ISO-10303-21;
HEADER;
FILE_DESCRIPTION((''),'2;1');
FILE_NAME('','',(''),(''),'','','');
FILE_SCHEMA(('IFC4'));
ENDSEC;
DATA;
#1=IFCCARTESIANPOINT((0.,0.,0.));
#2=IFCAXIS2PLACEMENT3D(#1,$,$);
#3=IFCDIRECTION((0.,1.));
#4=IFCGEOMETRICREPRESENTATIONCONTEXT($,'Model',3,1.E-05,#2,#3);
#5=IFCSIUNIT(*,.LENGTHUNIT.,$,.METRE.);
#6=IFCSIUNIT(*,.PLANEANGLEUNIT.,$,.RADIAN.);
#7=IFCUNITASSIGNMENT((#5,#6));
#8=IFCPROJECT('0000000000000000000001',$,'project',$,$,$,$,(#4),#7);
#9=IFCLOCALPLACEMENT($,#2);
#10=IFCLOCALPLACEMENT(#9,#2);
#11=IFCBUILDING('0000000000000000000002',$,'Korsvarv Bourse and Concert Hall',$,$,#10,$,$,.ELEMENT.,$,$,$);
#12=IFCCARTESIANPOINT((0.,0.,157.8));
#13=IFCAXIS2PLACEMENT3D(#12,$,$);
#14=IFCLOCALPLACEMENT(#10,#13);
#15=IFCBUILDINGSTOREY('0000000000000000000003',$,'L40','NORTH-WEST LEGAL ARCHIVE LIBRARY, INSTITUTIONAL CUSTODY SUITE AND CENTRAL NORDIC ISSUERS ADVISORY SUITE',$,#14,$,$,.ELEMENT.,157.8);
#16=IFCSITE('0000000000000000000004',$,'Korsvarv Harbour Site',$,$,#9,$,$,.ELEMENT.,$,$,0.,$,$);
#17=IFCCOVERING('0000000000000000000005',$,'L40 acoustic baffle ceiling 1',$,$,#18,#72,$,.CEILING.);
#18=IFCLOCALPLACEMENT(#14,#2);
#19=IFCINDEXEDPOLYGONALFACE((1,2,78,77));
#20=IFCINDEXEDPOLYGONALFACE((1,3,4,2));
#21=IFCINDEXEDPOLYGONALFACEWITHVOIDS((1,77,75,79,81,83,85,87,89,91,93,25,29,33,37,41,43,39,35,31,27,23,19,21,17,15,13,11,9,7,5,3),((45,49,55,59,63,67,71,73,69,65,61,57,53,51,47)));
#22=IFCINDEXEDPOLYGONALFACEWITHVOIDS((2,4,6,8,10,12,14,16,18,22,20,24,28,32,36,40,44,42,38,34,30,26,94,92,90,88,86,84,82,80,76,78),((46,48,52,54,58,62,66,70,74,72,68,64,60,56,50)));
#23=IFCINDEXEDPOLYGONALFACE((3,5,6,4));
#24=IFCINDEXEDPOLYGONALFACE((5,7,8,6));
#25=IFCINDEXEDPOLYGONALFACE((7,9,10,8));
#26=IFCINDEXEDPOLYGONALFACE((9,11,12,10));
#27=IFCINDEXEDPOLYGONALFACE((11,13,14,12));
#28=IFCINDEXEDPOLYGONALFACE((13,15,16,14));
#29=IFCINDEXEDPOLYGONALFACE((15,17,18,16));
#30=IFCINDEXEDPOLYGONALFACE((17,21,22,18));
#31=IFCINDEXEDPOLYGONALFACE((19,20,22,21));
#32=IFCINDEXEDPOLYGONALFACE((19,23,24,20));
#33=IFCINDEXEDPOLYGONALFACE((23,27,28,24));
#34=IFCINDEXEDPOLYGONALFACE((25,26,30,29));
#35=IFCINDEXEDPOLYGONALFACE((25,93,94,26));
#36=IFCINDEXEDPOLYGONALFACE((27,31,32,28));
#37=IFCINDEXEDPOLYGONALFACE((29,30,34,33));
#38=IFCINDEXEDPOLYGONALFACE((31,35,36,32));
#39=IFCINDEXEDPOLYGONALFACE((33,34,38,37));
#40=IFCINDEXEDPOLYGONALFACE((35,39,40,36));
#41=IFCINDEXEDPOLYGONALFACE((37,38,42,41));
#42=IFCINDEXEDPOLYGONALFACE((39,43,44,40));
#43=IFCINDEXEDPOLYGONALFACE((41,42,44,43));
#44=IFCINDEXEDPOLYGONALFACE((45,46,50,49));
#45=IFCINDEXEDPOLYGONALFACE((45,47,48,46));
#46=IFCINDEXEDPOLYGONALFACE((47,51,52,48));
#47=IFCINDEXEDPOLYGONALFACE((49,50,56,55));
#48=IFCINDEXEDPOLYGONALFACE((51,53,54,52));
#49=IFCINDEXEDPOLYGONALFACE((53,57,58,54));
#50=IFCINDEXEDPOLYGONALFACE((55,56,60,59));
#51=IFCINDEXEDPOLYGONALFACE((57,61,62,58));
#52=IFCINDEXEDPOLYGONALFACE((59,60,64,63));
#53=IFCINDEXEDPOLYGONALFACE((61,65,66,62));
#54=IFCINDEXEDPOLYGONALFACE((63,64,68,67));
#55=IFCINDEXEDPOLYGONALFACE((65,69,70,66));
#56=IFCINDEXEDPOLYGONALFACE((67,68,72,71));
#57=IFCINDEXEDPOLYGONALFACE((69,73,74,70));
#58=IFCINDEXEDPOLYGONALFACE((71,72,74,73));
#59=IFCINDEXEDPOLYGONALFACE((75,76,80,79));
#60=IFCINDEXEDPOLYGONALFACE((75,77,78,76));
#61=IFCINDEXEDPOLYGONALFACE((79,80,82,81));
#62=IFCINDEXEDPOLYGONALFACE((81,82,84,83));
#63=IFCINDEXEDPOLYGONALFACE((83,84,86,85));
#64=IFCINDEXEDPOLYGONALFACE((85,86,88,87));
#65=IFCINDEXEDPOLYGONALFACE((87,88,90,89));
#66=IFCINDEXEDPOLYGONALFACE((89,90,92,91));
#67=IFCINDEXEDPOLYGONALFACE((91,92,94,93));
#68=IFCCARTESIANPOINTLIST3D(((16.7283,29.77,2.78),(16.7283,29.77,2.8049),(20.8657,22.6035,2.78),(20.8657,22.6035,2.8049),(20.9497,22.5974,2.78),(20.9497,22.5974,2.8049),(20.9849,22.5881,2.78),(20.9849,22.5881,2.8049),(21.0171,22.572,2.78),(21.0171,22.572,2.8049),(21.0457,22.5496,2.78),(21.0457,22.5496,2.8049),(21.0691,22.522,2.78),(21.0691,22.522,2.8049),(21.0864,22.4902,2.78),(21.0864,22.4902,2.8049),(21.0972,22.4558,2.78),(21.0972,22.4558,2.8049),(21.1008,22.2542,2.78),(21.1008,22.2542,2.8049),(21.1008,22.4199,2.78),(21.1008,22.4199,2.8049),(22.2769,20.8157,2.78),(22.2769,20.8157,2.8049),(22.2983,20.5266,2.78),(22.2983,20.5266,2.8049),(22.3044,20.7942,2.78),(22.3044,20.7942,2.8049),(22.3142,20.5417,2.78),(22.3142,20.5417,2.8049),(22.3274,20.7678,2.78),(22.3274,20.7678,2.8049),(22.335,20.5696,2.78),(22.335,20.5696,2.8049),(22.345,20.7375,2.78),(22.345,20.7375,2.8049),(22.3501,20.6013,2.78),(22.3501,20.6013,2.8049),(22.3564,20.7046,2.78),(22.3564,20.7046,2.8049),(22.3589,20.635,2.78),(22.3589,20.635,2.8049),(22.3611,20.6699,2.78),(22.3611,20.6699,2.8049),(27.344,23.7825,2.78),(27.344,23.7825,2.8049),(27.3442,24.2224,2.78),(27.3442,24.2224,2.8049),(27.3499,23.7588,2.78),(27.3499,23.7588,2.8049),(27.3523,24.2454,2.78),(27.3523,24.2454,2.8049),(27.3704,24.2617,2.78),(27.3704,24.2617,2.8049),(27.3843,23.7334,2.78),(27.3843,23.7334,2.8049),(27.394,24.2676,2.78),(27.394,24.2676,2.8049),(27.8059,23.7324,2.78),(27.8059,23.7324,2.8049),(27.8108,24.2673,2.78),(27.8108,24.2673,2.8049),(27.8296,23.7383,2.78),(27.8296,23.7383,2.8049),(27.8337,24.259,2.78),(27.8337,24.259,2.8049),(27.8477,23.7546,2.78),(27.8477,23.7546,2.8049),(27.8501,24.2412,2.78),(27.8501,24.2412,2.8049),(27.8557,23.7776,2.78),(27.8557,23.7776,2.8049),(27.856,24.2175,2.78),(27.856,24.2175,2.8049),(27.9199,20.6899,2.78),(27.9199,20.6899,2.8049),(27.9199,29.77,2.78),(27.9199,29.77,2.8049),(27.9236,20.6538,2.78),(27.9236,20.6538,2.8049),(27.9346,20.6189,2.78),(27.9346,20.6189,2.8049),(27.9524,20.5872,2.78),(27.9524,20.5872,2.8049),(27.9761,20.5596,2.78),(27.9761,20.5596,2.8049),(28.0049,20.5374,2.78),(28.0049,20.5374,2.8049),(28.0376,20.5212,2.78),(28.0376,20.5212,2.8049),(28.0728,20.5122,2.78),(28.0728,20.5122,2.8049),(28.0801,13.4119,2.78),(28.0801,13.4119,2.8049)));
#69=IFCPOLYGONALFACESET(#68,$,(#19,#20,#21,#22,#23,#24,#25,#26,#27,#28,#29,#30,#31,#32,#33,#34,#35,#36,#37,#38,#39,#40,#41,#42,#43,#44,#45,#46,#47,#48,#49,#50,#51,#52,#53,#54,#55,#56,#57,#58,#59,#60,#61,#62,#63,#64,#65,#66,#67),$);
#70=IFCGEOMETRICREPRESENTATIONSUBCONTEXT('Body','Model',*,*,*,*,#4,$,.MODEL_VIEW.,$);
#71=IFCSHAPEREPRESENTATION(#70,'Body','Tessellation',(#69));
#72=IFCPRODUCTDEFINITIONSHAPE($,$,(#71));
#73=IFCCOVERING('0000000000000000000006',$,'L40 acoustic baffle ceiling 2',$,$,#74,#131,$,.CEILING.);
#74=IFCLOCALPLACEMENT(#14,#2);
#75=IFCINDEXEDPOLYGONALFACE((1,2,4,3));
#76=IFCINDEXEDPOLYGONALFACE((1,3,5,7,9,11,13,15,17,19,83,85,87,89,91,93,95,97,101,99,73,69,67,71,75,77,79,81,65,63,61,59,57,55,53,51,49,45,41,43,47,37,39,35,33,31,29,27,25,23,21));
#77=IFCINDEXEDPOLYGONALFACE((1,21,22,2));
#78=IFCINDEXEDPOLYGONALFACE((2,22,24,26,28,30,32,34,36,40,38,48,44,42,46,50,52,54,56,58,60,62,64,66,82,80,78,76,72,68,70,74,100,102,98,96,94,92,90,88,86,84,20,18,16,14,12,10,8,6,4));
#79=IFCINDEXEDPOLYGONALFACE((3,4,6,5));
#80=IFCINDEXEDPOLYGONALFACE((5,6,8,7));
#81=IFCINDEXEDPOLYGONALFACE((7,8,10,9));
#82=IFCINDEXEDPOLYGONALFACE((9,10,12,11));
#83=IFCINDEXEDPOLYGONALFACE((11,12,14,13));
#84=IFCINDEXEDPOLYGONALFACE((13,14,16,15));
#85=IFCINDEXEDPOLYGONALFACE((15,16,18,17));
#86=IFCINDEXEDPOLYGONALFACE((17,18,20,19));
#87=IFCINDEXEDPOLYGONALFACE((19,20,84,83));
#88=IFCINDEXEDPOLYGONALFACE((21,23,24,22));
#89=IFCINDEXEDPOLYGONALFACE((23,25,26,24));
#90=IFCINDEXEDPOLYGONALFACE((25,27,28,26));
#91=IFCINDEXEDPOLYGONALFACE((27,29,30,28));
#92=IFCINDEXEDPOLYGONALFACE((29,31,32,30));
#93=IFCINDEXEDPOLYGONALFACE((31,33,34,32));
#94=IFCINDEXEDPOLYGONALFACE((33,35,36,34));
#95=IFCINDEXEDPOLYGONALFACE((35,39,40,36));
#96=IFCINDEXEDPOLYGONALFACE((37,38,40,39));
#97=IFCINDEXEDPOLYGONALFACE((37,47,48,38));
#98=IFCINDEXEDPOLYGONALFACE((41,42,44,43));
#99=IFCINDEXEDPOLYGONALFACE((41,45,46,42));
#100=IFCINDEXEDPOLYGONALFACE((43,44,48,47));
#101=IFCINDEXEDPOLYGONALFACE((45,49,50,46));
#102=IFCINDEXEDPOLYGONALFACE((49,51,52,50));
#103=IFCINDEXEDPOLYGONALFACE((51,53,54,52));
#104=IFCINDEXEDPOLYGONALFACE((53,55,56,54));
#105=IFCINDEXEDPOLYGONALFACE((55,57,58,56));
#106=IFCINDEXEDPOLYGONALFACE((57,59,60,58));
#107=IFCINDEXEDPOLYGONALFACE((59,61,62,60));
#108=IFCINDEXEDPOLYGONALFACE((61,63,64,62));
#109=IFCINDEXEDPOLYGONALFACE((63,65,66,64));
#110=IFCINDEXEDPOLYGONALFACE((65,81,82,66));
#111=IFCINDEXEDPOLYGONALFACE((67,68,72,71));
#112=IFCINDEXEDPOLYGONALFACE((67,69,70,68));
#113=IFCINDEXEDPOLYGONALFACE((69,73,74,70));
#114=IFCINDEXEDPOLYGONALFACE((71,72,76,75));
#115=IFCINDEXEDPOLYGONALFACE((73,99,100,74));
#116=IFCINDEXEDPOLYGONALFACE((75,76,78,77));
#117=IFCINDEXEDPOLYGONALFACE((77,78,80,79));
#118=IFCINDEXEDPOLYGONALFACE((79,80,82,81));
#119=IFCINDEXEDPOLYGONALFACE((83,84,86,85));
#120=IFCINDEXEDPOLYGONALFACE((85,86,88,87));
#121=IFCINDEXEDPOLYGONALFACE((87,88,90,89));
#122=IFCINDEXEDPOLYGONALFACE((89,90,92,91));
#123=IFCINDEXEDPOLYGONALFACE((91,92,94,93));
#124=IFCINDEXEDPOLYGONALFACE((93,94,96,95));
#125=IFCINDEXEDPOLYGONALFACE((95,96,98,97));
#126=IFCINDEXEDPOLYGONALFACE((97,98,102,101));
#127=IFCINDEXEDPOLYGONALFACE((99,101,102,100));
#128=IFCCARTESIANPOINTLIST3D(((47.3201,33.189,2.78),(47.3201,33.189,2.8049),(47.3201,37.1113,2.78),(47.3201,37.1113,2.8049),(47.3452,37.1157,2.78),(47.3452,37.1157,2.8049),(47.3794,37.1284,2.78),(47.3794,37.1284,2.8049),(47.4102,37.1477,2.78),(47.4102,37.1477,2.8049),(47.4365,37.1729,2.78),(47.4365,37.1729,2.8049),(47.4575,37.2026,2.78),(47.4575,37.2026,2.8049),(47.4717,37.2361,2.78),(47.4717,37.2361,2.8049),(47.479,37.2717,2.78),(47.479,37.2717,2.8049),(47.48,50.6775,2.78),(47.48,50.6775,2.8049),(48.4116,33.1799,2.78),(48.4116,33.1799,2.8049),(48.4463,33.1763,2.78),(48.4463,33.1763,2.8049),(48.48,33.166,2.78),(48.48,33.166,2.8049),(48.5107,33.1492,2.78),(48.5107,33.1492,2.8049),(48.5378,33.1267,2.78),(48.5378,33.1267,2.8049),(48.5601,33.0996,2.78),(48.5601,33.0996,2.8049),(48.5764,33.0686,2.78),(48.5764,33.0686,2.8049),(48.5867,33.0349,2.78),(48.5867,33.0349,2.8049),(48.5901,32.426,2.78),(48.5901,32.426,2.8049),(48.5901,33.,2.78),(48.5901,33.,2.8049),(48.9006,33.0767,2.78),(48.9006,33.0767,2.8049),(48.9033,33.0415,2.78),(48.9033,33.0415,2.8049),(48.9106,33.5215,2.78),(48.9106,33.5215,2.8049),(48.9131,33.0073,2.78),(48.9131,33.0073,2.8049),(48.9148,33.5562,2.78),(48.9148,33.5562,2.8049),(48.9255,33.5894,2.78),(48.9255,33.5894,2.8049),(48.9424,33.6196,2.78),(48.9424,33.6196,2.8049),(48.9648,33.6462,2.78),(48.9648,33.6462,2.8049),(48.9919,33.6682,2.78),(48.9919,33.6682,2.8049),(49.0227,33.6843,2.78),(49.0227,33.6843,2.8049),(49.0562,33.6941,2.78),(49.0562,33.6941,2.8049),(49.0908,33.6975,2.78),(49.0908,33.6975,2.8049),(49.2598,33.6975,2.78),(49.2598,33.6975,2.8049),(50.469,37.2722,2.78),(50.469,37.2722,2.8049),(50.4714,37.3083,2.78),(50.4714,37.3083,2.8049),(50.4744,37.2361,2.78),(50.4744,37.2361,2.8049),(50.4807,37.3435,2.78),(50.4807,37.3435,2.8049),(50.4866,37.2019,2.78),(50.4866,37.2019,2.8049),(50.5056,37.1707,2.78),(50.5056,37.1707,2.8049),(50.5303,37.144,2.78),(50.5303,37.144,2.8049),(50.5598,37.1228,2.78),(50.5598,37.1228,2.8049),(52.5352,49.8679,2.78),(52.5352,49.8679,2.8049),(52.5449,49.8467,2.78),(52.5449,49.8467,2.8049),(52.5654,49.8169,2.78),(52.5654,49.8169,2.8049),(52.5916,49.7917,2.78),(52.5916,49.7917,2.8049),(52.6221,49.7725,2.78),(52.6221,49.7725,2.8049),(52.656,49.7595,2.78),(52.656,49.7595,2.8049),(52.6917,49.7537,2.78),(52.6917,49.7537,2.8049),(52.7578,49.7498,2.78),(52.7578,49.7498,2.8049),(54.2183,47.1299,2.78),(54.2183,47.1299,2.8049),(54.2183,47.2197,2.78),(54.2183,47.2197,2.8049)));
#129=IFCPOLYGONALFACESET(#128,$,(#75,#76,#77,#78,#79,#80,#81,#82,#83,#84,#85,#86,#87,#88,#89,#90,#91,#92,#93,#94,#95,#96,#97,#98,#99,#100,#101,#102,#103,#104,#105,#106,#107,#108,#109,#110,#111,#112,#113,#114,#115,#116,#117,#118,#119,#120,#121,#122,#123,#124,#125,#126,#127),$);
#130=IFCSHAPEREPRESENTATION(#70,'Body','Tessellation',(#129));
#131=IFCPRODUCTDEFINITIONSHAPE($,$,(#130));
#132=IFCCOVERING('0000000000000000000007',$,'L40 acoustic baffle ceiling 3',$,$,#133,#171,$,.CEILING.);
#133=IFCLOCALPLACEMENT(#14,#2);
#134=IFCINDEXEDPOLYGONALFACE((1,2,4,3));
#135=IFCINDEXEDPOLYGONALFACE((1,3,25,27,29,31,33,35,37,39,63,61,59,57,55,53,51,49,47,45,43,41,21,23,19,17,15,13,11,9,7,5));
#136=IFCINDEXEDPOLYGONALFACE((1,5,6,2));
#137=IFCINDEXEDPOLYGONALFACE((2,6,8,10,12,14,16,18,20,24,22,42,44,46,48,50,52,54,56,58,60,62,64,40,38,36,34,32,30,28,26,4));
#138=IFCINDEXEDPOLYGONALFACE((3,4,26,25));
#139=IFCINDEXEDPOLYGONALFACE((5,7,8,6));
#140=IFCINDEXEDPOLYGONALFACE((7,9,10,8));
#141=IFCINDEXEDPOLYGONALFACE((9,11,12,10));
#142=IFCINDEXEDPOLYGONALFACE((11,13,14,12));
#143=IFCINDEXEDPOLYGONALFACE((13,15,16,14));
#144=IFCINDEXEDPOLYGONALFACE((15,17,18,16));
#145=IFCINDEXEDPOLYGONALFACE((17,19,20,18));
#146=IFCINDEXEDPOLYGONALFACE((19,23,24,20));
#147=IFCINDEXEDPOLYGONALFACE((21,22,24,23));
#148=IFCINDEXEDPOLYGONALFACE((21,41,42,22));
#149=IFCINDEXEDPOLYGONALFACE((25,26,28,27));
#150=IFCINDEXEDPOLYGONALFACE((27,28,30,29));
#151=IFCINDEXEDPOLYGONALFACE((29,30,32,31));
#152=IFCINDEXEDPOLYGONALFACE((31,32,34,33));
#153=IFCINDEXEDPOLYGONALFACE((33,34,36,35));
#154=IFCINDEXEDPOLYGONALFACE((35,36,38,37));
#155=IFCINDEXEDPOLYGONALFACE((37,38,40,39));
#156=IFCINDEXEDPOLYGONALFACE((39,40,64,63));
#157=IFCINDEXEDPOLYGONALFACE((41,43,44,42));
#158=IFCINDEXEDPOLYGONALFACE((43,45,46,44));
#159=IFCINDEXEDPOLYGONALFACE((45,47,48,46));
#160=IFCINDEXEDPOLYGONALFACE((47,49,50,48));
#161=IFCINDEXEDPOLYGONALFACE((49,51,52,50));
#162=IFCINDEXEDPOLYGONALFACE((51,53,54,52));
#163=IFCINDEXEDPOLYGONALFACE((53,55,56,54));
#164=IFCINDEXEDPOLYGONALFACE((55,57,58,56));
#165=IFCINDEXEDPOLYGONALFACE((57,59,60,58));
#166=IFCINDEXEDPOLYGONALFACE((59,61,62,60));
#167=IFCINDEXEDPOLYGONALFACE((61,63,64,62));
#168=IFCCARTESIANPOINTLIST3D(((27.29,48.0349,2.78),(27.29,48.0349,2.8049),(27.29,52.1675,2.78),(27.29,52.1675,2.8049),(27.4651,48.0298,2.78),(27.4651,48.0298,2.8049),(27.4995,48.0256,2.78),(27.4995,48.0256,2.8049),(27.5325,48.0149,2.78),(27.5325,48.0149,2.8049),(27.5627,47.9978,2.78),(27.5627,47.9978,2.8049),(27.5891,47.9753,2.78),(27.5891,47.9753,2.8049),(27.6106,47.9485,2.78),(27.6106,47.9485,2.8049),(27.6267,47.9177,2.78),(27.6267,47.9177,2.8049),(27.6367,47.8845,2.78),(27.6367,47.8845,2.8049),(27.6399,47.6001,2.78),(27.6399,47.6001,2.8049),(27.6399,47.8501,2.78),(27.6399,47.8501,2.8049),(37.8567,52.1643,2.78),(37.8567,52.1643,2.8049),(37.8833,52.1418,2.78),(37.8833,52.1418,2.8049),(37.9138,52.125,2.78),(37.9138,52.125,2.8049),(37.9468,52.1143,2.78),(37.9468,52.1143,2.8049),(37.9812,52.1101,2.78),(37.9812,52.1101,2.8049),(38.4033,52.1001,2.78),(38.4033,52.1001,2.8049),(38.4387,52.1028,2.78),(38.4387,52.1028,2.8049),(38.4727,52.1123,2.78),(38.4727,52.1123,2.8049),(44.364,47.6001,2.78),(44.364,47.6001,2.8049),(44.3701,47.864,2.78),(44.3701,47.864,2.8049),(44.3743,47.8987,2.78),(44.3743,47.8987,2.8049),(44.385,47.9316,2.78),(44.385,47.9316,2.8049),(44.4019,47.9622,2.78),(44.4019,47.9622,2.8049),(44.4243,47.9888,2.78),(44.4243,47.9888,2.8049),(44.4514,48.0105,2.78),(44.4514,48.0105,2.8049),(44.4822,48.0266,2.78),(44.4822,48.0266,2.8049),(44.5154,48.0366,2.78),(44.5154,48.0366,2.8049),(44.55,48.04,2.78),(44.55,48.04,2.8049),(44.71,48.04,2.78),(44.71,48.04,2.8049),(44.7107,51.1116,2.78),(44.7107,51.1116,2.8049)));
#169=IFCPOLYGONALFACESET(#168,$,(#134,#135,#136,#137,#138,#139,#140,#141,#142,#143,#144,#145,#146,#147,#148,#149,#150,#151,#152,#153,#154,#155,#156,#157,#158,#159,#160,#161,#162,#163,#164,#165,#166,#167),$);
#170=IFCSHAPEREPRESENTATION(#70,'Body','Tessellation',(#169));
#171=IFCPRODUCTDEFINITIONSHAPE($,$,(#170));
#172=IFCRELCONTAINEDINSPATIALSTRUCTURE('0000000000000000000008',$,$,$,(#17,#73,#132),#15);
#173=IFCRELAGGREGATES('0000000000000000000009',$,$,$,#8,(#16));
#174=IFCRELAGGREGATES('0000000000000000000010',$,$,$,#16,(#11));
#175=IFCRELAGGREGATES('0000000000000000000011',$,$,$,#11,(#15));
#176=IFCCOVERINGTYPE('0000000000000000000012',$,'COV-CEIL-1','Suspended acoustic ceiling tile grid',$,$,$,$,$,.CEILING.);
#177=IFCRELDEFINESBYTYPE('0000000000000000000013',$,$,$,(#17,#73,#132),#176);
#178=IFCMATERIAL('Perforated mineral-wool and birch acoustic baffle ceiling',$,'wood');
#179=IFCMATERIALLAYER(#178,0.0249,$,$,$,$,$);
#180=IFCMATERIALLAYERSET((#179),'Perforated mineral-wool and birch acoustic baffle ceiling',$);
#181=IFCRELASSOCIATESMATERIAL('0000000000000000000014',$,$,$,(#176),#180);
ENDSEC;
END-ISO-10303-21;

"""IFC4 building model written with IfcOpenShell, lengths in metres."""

from ifc_helpers import new_model, si_unit, direction, frame, origin, place, context, subcontext, project, spatial, polyline, outline, extrude, material, layer, layer_set, type_object, element, save


model = new_model("IFC4")

# Units and contexts
model_context = context("Model", 3, precision=1e-05, world=origin(), true_north=direction((0.0, 1.0)))
body_context = subcontext(model_context, "Body", "Model", "MODEL_VIEW")
ifc_project = project(units=[si_unit("LENGTHUNIT", "METRE"), si_unit("PLANEANGLEUNIT", "RADIAN")], contexts=[model_context])

# Site, building, storey
site_placement = place(None, origin())
site = spatial("IfcSite", under=ifc_project, at=site_placement, Name="Korsvarv Harbour Site", CompositionType="ELEMENT", RefElevation=0.0)
building_placement = place(site_placement, origin())
building = spatial("IfcBuilding", under=site, at=building_placement, Name="Korsvarv Bourse and Concert Hall", CompositionType="ELEMENT")
storey_placement = place(building_placement, frame((0.0, 0.0, 157.8)))
storey = spatial("IfcBuildingStorey", under=building, at=storey_placement, Name="L40", Description="NORTH-WEST LEGAL ARCHIVE LIBRARY, INSTITUTIONAL CUSTODY SUITE AND CENTRAL NORDIC ISSUERS ADVISORY SUITE", CompositionType="ELEMENT", Elevation=157.8)

# Coverings
ifc_material_1 = material(Name="Perforated mineral-wool and birch acoustic baffle ceiling", Category="wood")
ifc_layer_1 = layer(ifc_material_1, 0.0249)
ifc_layer_set_1 = layer_set([ifc_layer_1], Name="Perforated mineral-wool and birch acoustic baffle ceiling")
covering_type_1 = type_object("IfcCoveringType", Name="COV-CEIL-1", Description="Suspended acoustic ceiling tile grid", PredefinedType="CEILING", material=ifc_layer_set_1)
covering_1_placement = place(storey_placement, frame((0.0, 0.0, 2.78)))
element("IfcCovering", 1, at=covering_1_placement, inside=storey, type_object=covering_type_1, Name="L40 acoustic baffle ceiling 1", PredefinedType="CEILING", context=body_context, shape_type="SweptSolid", body=[
    extrude(outline(polyline([(21.1008, 22.2542), (21.1008, 22.4199), (21.0972, 22.4558), (21.0864, 22.4902), (21.0691, 22.522), (21.0457, 22.5496), (21.0171, 22.572), (20.9849, 22.5881), (20.9497, 22.5974), (20.8657, 22.6035), (16.7283, 29.77), (27.9199, 29.77), (27.9199, 20.6899), (27.9236, 20.6538), (27.9346, 20.6189), (27.9524, 20.5872), (27.9761, 20.5596), (28.0049, 20.5374), (28.0376, 20.5212), (28.0728, 20.5122), (28.0801, 13.4119), (22.2983, 20.5266), (22.3142, 20.5417), (22.335, 20.5696), (22.3501, 20.6013), (22.3589, 20.635), (22.3611, 20.6699), (22.3564, 20.7046), (22.345, 20.7375), (22.3274, 20.7678), (22.3044, 20.7942), (22.2769, 20.8157), (21.1008, 22.2542)]), holes=[polyline([(27.3843, 23.7334), (27.8059, 23.7324), (27.8296, 23.7383), (27.8477, 23.7546), (27.8557, 23.7776), (27.856, 24.2175), (27.8501, 24.2412), (27.8337, 24.259), (27.8108, 24.2673), (27.394, 24.2676), (27.3704, 24.2617), (27.3523, 24.2454), (27.3442, 24.2224), (27.344, 23.7825), (27.3499, 23.7588), (27.3843, 23.7334)])]), origin(), (0.0, 0.0, 1.0), 0.0249),
])
covering_2_placement = place(storey_placement, frame((0.0, 0.0, 2.78)))
element("IfcCovering", 2, at=covering_2_placement, inside=storey, type_object=covering_type_1, Name="L40 acoustic baffle ceiling 2", PredefinedType="CEILING", context=body_context, shape_type="SweptSolid", body=[
    extrude(outline(polyline([(47.3201, 37.1113), (47.3452, 37.1157), (47.3794, 37.1284), (47.4102, 37.1477), (47.4365, 37.1729), (47.4575, 37.2026), (47.4717, 37.2361), (47.479, 37.2717), (47.48, 50.6775), (52.5352, 49.8679), (52.5449, 49.8467), (52.5654, 49.8169), (52.5916, 49.7917), (52.6221, 49.7725), (52.656, 49.7595), (52.6917, 49.7537), (52.7578, 49.7498), (54.2183, 47.2197), (54.2183, 47.1299), (50.4807, 37.3435), (50.4714, 37.3083), (50.469, 37.2722), (50.4744, 37.2361), (50.4866, 37.2019), (50.5056, 37.1707), (50.5303, 37.144), (50.5598, 37.1228), (49.2598, 33.6975), (49.0908, 33.6975), (49.0562, 33.6941), (49.0227, 33.6843), (48.9919, 33.6682), (48.9648, 33.6462), (48.9424, 33.6196), (48.9255, 33.5894), (48.9148, 33.5562), (48.9106, 33.5215), (48.9006, 33.0767), (48.9033, 33.0415), (48.9131, 33.0073), (48.5901, 32.426), (48.5901, 33.0), (48.5867, 33.0349), (48.5764, 33.0686), (48.5601, 33.0996), (48.5378, 33.1267), (48.5107, 33.1492), (48.48, 33.166), (48.4463, 33.1763), (48.4116, 33.1799), (47.3201, 33.189), (47.3201, 37.1113)])), origin(), (0.0, 0.0, 1.0), 0.0249),
])
covering_3_placement = place(storey_placement, frame((0.0, 0.0, 2.78)))
element("IfcCovering", 3, at=covering_3_placement, inside=storey, type_object=covering_type_1, Name="L40 acoustic baffle ceiling 3", PredefinedType="CEILING", context=body_context, shape_type="SweptSolid", body=[
    extrude(outline(polyline([(37.8567, 52.1643), (37.8833, 52.1418), (37.9138, 52.125), (37.9468, 52.1143), (37.9812, 52.1101), (38.4033, 52.1001), (38.4387, 52.1028), (38.4727, 52.1123), (44.7107, 51.1116), (44.71, 48.04), (44.55, 48.04), (44.5154, 48.0366), (44.4822, 48.0266), (44.4514, 48.0105), (44.4243, 47.9888), (44.4019, 47.9622), (44.385, 47.9316), (44.3743, 47.8987), (44.3701, 47.864), (44.364, 47.6001), (27.6399, 47.6001), (27.6399, 47.8501), (27.6367, 47.8845), (27.6267, 47.9177), (27.6106, 47.9485), (27.5891, 47.9753), (27.5627, 47.9978), (27.5325, 48.0149), (27.4995, 48.0256), (27.4651, 48.0298), (27.29, 48.0349), (27.29, 52.1675), (37.8567, 52.1643)])), origin(), (0.0, 0.0, 1.0), 0.0249),
])

save(model, "model.ifc")
